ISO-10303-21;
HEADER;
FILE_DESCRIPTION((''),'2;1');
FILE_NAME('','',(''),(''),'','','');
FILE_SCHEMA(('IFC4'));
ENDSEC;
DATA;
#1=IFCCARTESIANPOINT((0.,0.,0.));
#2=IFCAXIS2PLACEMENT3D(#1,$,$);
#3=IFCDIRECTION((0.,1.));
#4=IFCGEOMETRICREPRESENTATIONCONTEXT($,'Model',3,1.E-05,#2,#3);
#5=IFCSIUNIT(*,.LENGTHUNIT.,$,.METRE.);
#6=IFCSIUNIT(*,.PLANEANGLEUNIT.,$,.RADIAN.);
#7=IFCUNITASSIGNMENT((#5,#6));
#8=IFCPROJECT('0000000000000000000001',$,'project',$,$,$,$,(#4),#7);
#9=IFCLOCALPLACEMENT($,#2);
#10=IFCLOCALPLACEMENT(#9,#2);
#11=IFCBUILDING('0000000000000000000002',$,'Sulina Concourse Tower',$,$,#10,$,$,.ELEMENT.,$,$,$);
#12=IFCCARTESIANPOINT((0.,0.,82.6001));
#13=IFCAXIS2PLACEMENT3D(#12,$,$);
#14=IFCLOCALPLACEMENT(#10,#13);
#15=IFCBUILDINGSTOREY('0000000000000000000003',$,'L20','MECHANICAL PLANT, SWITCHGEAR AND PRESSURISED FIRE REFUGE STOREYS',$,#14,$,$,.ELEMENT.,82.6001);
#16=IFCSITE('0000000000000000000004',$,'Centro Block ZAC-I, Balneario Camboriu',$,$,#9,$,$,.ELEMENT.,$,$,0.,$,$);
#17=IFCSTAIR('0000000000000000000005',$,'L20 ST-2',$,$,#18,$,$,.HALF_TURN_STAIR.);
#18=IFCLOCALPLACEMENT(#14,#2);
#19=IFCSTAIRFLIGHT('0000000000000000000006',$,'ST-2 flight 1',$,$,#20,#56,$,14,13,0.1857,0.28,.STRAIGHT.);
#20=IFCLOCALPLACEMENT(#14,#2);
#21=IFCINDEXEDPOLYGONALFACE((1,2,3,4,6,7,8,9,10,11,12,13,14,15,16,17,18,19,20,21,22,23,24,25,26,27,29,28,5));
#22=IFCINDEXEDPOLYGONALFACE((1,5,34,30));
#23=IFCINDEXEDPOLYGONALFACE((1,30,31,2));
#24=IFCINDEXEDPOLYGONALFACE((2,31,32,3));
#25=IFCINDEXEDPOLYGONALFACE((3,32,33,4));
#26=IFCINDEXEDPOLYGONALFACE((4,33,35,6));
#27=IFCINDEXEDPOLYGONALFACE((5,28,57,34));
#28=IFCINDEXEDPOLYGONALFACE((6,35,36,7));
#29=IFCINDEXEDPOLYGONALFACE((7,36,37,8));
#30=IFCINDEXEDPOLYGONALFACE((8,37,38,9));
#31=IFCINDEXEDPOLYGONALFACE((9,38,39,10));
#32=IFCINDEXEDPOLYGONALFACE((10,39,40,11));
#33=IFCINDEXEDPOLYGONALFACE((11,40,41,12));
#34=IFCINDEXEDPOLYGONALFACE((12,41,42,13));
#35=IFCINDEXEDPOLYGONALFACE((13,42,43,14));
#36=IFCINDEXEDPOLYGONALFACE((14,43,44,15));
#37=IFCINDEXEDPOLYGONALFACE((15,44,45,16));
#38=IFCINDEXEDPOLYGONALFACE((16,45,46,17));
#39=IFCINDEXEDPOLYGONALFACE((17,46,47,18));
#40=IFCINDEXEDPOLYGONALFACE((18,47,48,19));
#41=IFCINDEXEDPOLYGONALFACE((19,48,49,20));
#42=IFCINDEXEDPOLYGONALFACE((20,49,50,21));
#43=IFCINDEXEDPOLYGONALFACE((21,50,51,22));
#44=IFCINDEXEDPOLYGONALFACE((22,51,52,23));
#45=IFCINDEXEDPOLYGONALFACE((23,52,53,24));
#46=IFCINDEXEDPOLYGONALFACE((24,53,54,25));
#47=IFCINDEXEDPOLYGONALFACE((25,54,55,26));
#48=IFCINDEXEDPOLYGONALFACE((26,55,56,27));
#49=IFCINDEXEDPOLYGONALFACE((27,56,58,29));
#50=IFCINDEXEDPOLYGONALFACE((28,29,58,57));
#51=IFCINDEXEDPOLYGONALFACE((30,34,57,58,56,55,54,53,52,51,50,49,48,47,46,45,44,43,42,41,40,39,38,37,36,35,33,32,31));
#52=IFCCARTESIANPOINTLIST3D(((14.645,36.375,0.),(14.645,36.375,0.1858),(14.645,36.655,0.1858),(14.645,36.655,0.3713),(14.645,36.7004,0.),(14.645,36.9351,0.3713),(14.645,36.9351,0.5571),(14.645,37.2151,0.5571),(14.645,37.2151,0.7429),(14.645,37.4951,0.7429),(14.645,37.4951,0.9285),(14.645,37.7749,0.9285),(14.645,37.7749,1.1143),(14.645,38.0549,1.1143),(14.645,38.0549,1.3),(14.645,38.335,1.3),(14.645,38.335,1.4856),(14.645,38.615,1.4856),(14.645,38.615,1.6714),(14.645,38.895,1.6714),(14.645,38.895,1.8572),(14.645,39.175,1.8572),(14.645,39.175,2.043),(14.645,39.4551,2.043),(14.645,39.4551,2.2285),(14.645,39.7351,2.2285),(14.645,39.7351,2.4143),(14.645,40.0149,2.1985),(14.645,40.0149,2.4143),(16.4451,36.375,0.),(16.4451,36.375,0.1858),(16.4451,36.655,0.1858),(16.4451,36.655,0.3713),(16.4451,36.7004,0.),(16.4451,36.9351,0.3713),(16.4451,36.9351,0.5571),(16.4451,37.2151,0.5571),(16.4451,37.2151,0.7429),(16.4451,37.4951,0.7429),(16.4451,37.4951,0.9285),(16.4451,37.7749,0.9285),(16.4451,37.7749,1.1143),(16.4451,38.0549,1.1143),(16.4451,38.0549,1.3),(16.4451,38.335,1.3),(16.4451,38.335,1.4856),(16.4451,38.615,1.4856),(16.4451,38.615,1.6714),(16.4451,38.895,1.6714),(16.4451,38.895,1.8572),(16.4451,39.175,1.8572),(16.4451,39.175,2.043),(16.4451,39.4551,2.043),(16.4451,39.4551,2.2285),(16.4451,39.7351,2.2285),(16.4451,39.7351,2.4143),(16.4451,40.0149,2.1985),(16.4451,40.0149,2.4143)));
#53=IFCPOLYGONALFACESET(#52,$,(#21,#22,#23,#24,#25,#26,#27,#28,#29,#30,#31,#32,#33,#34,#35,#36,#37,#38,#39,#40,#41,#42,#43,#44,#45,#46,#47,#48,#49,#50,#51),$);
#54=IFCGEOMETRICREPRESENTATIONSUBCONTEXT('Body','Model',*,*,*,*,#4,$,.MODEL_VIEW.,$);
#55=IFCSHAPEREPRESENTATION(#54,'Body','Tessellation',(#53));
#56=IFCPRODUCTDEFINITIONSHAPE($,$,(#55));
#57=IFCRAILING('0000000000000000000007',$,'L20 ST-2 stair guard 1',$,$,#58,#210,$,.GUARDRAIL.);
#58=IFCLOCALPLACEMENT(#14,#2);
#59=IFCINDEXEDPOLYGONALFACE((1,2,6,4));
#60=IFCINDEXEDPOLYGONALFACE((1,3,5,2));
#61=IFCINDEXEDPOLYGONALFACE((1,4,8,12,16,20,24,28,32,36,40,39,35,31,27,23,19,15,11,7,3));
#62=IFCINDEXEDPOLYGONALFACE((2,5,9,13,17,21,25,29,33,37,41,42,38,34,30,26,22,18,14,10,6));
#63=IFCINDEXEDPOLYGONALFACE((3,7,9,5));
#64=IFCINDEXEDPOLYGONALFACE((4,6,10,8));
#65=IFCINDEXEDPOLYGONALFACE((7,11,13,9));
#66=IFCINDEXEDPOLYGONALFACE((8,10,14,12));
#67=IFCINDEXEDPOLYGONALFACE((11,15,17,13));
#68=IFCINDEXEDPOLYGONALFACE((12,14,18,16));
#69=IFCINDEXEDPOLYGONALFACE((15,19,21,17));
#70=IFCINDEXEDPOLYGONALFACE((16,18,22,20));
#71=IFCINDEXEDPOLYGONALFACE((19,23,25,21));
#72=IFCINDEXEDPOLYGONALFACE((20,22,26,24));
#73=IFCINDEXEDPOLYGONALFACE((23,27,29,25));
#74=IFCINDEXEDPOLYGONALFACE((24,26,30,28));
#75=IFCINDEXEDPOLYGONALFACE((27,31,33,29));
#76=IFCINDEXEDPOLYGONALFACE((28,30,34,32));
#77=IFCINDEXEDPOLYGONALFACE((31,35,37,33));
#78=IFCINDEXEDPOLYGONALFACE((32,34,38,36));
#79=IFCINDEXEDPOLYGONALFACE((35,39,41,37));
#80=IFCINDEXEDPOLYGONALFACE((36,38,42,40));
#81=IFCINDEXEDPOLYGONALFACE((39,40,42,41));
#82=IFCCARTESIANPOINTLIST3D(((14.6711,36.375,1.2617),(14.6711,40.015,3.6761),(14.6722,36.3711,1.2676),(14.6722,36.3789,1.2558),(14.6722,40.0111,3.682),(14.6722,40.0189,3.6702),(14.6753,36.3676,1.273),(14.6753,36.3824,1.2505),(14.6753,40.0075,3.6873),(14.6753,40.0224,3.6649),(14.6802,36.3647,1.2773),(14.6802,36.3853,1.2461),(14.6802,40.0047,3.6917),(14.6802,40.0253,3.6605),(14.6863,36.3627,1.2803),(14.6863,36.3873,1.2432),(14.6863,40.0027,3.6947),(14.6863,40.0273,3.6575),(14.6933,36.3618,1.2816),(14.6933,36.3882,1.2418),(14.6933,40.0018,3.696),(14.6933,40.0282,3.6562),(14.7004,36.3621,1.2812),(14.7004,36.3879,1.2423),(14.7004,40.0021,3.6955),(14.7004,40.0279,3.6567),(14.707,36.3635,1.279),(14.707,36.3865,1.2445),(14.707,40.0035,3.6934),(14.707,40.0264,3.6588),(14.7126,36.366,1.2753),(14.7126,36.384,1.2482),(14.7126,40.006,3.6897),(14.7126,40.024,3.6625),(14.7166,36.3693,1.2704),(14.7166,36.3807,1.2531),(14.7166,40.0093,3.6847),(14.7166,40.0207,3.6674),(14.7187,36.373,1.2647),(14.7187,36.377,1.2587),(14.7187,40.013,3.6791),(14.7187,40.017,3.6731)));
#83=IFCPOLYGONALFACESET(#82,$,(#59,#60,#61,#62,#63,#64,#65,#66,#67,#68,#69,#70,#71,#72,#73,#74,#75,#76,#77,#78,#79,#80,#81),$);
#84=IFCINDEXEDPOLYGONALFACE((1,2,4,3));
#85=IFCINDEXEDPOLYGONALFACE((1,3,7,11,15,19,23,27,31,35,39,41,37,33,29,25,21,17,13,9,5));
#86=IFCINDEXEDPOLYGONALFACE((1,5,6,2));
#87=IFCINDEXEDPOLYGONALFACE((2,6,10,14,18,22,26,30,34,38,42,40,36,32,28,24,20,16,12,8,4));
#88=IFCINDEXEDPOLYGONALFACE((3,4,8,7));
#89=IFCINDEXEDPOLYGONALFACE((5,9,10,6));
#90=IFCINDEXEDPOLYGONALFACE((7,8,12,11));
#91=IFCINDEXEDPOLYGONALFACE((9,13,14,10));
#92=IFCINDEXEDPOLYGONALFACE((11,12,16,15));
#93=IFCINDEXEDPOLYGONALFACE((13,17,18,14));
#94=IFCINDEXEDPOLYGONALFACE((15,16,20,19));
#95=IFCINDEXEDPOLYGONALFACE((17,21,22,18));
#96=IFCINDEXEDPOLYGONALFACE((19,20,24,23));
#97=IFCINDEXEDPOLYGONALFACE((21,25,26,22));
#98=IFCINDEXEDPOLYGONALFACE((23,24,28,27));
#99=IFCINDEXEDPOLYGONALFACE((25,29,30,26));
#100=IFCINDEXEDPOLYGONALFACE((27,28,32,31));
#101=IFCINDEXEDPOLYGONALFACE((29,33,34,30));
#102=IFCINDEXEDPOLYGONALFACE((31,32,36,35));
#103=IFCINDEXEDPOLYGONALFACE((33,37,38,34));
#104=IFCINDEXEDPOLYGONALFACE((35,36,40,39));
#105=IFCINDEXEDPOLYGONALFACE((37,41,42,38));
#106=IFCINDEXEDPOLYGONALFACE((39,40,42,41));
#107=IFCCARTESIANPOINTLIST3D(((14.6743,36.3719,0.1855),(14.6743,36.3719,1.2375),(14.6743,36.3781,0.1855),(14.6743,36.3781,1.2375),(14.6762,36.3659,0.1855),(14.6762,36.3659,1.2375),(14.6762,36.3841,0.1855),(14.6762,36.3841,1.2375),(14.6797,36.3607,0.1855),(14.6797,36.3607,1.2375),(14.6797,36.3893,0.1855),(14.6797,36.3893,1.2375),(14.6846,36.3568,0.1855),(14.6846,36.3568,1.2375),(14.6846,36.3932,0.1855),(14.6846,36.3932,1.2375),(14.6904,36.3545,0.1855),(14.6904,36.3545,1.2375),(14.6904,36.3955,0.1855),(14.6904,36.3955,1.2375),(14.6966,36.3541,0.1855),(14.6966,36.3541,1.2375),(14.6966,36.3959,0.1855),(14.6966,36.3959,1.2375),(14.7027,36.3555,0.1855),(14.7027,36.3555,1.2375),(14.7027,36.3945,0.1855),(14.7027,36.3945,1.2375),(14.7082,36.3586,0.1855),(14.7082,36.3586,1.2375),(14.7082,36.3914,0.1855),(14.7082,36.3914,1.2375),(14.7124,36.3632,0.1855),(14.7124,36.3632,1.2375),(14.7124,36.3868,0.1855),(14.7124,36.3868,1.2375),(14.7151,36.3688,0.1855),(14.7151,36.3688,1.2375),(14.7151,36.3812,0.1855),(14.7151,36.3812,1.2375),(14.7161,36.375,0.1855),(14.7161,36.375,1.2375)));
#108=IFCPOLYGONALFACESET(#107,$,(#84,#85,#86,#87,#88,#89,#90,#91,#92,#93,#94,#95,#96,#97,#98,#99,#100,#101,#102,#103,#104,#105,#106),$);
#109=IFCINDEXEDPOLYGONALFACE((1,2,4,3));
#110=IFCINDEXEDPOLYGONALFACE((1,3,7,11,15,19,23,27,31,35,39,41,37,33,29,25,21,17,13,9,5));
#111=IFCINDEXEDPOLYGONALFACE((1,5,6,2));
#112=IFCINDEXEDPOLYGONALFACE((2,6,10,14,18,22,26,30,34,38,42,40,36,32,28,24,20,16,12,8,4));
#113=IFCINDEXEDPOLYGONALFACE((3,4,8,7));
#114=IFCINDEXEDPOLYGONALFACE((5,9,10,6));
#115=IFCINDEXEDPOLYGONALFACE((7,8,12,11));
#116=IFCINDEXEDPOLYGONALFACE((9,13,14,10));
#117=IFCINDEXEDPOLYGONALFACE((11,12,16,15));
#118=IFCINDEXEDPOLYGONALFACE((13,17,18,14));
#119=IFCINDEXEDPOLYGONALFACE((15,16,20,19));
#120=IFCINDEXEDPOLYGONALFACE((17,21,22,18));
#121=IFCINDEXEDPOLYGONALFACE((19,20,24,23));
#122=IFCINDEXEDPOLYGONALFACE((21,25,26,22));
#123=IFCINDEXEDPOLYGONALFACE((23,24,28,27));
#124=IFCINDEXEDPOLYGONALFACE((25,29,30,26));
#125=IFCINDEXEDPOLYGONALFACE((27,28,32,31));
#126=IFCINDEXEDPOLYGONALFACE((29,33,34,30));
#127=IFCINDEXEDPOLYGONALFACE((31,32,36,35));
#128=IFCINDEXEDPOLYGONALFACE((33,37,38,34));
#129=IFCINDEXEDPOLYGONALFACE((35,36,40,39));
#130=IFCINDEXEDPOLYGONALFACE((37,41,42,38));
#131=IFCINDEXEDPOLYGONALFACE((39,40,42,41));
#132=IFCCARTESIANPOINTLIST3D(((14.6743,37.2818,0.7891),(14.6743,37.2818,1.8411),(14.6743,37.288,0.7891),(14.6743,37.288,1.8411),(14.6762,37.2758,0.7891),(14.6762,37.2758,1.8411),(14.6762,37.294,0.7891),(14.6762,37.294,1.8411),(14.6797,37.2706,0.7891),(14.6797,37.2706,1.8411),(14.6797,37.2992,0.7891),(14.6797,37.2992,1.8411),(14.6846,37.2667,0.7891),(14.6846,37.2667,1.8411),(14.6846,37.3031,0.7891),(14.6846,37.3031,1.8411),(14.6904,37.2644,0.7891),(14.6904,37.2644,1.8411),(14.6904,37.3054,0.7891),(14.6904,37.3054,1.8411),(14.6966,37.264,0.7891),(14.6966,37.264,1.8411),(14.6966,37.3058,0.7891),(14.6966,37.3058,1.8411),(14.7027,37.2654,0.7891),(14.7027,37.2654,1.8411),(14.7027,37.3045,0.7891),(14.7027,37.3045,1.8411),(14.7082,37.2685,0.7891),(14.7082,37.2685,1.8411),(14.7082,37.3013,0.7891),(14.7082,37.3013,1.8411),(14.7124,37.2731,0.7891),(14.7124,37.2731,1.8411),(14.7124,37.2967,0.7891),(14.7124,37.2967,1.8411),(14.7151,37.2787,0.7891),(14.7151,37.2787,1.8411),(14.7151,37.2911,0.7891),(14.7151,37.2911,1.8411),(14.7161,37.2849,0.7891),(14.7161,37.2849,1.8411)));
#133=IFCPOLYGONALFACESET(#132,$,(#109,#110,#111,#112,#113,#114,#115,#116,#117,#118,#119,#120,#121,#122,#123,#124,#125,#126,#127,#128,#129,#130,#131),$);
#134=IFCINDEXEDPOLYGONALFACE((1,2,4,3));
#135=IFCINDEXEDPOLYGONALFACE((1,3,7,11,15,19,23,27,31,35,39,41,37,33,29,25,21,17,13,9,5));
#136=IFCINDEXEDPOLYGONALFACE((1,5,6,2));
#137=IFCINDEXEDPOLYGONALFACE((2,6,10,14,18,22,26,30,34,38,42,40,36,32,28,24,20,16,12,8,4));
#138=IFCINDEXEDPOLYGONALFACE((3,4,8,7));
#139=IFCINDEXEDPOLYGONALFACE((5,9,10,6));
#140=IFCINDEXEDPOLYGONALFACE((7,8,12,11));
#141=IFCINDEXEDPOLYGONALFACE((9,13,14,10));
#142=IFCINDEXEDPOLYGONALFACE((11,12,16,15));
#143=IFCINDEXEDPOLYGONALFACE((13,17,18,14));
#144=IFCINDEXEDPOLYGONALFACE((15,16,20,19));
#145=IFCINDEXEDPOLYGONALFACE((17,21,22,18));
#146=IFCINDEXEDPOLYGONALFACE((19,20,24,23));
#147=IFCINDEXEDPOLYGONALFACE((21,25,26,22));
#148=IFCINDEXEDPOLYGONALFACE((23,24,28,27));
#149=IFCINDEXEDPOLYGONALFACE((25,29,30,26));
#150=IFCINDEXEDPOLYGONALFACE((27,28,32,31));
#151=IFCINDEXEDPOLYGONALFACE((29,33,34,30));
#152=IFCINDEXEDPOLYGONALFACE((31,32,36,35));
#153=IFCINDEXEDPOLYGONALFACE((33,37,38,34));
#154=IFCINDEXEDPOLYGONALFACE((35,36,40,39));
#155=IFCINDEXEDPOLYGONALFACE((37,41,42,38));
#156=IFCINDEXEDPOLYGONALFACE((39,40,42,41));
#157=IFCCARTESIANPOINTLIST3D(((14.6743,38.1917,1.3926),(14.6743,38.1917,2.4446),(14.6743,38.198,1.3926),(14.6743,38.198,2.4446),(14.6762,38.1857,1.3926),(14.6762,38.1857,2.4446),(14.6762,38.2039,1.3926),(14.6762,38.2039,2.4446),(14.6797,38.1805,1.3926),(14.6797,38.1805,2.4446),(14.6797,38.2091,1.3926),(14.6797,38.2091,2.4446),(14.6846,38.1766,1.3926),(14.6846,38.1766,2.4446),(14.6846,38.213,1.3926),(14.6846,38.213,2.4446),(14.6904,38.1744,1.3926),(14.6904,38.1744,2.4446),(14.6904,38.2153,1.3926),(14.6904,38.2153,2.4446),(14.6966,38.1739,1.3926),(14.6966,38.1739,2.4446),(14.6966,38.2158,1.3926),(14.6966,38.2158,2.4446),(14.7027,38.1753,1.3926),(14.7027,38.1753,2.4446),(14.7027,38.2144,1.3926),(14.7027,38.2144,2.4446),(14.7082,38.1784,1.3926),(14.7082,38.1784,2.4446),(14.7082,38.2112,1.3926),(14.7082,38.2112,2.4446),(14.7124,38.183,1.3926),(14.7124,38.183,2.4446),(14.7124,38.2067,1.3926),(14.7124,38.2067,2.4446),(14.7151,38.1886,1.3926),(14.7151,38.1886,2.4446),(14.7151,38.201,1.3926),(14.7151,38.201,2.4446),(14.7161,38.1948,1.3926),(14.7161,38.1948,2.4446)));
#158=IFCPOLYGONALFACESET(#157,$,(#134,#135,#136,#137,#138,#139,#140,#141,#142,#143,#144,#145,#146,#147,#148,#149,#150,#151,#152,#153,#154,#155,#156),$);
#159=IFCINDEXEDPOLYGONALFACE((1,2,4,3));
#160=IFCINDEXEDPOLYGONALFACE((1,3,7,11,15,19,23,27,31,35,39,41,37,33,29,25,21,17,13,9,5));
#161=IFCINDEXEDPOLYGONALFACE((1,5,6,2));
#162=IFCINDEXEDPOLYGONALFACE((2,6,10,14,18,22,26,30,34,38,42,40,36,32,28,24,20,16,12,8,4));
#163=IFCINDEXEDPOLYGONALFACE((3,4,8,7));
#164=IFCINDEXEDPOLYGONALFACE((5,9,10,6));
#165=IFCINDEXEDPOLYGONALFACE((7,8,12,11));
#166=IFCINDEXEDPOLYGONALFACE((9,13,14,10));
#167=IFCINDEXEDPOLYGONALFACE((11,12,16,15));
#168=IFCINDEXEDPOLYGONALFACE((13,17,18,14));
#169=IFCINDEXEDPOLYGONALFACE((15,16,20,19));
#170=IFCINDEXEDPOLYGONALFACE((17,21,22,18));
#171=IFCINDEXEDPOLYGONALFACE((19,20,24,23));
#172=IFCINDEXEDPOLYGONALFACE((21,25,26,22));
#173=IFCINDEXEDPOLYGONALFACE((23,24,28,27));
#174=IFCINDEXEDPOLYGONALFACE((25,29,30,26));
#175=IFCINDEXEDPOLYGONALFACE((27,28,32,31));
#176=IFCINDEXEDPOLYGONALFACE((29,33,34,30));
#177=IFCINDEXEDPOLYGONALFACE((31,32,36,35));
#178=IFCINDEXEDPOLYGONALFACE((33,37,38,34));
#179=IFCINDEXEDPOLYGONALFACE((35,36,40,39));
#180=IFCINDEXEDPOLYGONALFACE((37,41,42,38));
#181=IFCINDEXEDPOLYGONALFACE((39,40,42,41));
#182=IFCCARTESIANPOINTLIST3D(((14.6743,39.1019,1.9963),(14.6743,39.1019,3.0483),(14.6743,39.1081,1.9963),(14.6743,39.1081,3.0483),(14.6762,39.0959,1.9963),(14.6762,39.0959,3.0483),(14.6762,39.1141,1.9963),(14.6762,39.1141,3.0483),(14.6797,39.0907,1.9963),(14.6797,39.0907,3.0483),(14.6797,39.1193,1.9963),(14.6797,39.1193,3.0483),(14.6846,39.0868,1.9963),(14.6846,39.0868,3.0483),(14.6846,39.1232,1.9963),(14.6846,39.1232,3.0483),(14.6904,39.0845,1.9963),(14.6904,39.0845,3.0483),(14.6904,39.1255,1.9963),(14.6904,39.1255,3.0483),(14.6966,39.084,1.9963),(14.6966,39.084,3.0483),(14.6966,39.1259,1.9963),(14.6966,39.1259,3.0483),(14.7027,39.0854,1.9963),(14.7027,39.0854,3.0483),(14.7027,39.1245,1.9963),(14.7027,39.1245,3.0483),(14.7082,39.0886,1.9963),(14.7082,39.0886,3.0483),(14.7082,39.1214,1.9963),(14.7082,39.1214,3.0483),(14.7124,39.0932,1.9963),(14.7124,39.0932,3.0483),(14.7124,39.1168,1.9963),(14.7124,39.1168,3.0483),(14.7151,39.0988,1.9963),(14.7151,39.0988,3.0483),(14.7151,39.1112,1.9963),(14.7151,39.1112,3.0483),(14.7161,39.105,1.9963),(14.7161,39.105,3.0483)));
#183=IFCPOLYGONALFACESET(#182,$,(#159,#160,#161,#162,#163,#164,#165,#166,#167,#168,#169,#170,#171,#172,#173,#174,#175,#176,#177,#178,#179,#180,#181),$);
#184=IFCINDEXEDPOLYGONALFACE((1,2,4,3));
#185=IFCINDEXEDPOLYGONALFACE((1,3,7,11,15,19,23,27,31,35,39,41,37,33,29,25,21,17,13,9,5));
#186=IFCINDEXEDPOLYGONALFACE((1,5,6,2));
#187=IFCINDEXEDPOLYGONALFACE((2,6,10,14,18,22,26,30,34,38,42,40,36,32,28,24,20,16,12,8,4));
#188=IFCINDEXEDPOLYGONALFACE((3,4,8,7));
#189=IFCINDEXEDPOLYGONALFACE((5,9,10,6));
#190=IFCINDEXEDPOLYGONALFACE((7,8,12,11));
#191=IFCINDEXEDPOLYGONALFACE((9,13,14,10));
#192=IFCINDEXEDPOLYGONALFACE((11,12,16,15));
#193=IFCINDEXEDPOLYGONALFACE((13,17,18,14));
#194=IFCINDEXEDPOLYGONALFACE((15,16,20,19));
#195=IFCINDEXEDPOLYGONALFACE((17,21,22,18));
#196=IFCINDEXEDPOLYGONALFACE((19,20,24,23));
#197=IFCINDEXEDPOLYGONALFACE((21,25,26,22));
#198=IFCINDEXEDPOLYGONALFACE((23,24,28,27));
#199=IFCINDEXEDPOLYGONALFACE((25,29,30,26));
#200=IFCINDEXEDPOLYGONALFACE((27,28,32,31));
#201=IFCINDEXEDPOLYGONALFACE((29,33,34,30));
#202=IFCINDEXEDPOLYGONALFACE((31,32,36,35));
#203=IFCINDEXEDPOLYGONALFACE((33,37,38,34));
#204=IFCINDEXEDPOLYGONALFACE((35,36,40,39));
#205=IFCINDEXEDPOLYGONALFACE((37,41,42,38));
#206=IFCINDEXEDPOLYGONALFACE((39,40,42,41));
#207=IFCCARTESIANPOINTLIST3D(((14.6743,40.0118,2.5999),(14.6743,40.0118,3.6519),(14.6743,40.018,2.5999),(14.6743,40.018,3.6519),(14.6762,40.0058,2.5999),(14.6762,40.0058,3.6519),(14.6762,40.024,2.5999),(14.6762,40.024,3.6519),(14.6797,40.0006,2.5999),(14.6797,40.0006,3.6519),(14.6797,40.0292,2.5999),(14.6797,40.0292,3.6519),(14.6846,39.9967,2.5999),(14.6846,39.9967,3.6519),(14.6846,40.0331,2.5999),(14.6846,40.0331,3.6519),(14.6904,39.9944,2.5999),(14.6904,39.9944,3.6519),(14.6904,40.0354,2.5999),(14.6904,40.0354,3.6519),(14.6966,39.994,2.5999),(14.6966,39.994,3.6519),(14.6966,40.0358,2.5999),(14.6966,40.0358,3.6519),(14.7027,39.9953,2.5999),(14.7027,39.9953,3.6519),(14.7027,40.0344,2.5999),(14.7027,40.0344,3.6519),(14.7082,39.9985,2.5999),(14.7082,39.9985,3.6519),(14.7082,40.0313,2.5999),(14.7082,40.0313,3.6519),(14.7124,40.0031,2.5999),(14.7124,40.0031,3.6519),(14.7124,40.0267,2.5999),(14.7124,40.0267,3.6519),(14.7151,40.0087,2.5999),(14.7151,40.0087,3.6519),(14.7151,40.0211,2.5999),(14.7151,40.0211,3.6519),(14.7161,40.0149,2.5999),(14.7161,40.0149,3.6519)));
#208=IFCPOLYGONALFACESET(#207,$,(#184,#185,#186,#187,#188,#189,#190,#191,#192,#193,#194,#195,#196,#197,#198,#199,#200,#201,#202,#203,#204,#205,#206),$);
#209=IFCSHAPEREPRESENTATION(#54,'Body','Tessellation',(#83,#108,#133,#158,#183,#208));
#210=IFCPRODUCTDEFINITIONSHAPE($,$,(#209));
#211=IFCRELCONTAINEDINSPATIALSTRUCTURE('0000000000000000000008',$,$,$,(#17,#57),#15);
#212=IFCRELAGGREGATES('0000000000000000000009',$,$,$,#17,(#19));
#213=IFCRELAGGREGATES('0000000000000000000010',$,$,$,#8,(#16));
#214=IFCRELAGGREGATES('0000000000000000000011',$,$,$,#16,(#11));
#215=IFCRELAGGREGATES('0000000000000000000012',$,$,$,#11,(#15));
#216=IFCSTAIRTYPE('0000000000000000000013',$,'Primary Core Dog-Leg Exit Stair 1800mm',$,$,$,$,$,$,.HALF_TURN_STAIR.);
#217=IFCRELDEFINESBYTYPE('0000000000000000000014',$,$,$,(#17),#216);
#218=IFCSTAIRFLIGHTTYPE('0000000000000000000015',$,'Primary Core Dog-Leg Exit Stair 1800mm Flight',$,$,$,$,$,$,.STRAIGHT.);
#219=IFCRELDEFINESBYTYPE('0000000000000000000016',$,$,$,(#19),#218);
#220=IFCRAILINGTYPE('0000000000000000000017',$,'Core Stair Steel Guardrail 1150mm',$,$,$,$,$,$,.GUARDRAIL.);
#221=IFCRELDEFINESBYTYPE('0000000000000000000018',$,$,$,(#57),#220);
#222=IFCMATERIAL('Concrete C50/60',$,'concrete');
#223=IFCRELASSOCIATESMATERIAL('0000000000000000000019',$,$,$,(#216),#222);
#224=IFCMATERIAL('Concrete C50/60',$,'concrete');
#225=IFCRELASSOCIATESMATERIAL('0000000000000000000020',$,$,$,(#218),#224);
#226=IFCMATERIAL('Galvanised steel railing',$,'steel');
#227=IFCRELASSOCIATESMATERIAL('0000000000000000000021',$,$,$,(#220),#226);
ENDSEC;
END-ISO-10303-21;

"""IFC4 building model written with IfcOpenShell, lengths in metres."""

from ifc_helpers import new_model, si_unit, direction, frame, origin, origin_2d, place, context, subcontext, project, spatial, polyline, circle, outline, extrude, material, type_object, element, aggregate, save


model = new_model("IFC4")

# Units and contexts
model_context = context("Model", 3, precision=1e-05, world=origin(), true_north=direction((0.0, 1.0)))
body_context = subcontext(model_context, "Body", "Model", "MODEL_VIEW")
ifc_project = project(units=[si_unit("LENGTHUNIT", "METRE"), si_unit("PLANEANGLEUNIT", "RADIAN")], contexts=[model_context])

# Site, building, storey
site_placement = place(None, origin())
site = spatial("IfcSite", under=ifc_project, at=site_placement, Name="Centro Block ZAC-I, Balneario Camboriu", CompositionType="ELEMENT", RefElevation=0.0)
building_placement = place(site_placement, origin())
building = spatial("IfcBuilding", under=site, at=building_placement, Name="Sulina Concourse Tower", CompositionType="ELEMENT")
storey_placement = place(building_placement, frame((0.0, 0.0, 82.6001)))
storey = spatial("IfcBuildingStorey", under=building, at=storey_placement, Name="L20", Description="MECHANICAL PLANT, SWITCHGEAR AND PRESSURISED FIRE REFUGE STOREYS", CompositionType="ELEMENT", Elevation=82.6001)

# Stair, stair flight
ifc_material_1 = material(Name="Concrete C50/60", Category="concrete")
stair_type = type_object("IfcStairType", Name="Primary Core Dog-Leg Exit Stair 1800mm", PredefinedType="HALF_TURN_STAIR", material=ifc_material_1)
stair_placement = place(storey_placement, origin())
stair = element("IfcStair", 1, at=stair_placement, inside=storey, type_object=stair_type, Name="L20 ST-2", PredefinedType="HALF_TURN_STAIR")
ifc_material_2 = material(Name="Concrete C50/60", Category="concrete")
stair_flight_type = type_object("IfcStairFlightType", Name="Primary Core Dog-Leg Exit Stair 1800mm Flight", PredefinedType="STRAIGHT", material=ifc_material_2)
stair_flight_placement = place(storey_placement, frame((15.5449, 36.375, 0.0), z_axis=(0.0, 0.0, 1.0), x_axis=(0.0, 1.0, 0.0)))
stair_flight = element("IfcStairFlight", 2, at=stair_flight_placement, type_object=stair_flight_type, Name="ST-2 flight 1", NumberOfRisers=14, NumberOfTreads=13, PredefinedType="STRAIGHT", RiserHeight=0.1857, TreadLength=0.28, context=body_context, shape_type="SweptSolid", body=[
    extrude(outline(polyline([(0.0, 0.0), (0.0, 0.1858), (0.28, 0.1858), (0.28, 0.3713), (0.5601, 0.3713), (0.5601, 0.5571), (0.8401, 0.5571), (0.8401, 0.7429), (1.1201, 0.7429), (1.1201, 0.9285), (1.3999, 0.9285), (1.3999, 1.1143), (1.6799, 1.1143), (1.6799, 1.3), (1.96, 1.3), (1.96, 1.4856), (2.24, 1.4856), (2.24, 1.6714), (2.52, 1.6714), (2.52, 1.8572), (2.8, 1.8572), (2.8, 2.043), (3.0801, 2.043), (3.0801, 2.2285), (3.3601, 2.2285), (3.3601, 2.4143), (3.6399, 2.4143), (3.6399, 2.6001), (3.6399, 2.1985), (0.3254, 0.0), (0.0, 0.0)])), frame((0.0, 0.8999, 0.0), z_axis=(0.0, -1.0, 0.0), x_axis=(1.0, 0.0, 0.0)), (0.0, 0.0, 1.0), 1.8),
])
aggregate(stair, [stair_flight])

# Railing
ifc_material_3 = material(Name="Galvanised steel railing", Category="steel")
railing_type = type_object("IfcRailingType", Name="Core Stair Steel Guardrail 1150mm", PredefinedType="GUARDRAIL", material=ifc_material_3)
railing_1_placement = place(storey_placement, frame((14.6951, 36.375, 0.1855)))
element("IfcRailing", 3, at=railing_1_placement, inside=storey, type_object=railing_type, Name="L20 ST-2 stair guard 1", PredefinedType="GUARDRAIL", context=body_context, shape_type="SweptSolid", body=[
    extrude(circle(Radius=0.0239, at=origin_2d()), frame((0.0, 0.0, 1.0762), z_axis=(0.0, 0.833347, 0.552751), x_axis=(-1.0, 0.0, 0.0)), (0.0, 0.0, 1.0), 4.3679),
    extrude(circle(Radius=0.021, at=origin_2d()), origin(), (0.0, 0.0, 1.0), 1.052),
    extrude(circle(Radius=0.021, at=origin_2d()), frame((0.0, 0.9099, 0.6035)), (0.0, 0.0, 1.0), 1.052),
    extrude(circle(Radius=0.021, at=origin_2d()), frame((0.0, 1.8198, 1.207)), (0.0, 0.0, 1.0), 1.052),
    extrude(circle(Radius=0.021, at=origin_2d()), frame((0.0, 2.73, 1.8108)), (0.0, 0.0, 1.0), 1.052),
    extrude(circle(Radius=0.021, at=origin_2d()), frame((0.0, 3.6399, 2.4143)), (0.0, 0.0, 1.0), 1.052),
])

save(model, "model.ifc")
